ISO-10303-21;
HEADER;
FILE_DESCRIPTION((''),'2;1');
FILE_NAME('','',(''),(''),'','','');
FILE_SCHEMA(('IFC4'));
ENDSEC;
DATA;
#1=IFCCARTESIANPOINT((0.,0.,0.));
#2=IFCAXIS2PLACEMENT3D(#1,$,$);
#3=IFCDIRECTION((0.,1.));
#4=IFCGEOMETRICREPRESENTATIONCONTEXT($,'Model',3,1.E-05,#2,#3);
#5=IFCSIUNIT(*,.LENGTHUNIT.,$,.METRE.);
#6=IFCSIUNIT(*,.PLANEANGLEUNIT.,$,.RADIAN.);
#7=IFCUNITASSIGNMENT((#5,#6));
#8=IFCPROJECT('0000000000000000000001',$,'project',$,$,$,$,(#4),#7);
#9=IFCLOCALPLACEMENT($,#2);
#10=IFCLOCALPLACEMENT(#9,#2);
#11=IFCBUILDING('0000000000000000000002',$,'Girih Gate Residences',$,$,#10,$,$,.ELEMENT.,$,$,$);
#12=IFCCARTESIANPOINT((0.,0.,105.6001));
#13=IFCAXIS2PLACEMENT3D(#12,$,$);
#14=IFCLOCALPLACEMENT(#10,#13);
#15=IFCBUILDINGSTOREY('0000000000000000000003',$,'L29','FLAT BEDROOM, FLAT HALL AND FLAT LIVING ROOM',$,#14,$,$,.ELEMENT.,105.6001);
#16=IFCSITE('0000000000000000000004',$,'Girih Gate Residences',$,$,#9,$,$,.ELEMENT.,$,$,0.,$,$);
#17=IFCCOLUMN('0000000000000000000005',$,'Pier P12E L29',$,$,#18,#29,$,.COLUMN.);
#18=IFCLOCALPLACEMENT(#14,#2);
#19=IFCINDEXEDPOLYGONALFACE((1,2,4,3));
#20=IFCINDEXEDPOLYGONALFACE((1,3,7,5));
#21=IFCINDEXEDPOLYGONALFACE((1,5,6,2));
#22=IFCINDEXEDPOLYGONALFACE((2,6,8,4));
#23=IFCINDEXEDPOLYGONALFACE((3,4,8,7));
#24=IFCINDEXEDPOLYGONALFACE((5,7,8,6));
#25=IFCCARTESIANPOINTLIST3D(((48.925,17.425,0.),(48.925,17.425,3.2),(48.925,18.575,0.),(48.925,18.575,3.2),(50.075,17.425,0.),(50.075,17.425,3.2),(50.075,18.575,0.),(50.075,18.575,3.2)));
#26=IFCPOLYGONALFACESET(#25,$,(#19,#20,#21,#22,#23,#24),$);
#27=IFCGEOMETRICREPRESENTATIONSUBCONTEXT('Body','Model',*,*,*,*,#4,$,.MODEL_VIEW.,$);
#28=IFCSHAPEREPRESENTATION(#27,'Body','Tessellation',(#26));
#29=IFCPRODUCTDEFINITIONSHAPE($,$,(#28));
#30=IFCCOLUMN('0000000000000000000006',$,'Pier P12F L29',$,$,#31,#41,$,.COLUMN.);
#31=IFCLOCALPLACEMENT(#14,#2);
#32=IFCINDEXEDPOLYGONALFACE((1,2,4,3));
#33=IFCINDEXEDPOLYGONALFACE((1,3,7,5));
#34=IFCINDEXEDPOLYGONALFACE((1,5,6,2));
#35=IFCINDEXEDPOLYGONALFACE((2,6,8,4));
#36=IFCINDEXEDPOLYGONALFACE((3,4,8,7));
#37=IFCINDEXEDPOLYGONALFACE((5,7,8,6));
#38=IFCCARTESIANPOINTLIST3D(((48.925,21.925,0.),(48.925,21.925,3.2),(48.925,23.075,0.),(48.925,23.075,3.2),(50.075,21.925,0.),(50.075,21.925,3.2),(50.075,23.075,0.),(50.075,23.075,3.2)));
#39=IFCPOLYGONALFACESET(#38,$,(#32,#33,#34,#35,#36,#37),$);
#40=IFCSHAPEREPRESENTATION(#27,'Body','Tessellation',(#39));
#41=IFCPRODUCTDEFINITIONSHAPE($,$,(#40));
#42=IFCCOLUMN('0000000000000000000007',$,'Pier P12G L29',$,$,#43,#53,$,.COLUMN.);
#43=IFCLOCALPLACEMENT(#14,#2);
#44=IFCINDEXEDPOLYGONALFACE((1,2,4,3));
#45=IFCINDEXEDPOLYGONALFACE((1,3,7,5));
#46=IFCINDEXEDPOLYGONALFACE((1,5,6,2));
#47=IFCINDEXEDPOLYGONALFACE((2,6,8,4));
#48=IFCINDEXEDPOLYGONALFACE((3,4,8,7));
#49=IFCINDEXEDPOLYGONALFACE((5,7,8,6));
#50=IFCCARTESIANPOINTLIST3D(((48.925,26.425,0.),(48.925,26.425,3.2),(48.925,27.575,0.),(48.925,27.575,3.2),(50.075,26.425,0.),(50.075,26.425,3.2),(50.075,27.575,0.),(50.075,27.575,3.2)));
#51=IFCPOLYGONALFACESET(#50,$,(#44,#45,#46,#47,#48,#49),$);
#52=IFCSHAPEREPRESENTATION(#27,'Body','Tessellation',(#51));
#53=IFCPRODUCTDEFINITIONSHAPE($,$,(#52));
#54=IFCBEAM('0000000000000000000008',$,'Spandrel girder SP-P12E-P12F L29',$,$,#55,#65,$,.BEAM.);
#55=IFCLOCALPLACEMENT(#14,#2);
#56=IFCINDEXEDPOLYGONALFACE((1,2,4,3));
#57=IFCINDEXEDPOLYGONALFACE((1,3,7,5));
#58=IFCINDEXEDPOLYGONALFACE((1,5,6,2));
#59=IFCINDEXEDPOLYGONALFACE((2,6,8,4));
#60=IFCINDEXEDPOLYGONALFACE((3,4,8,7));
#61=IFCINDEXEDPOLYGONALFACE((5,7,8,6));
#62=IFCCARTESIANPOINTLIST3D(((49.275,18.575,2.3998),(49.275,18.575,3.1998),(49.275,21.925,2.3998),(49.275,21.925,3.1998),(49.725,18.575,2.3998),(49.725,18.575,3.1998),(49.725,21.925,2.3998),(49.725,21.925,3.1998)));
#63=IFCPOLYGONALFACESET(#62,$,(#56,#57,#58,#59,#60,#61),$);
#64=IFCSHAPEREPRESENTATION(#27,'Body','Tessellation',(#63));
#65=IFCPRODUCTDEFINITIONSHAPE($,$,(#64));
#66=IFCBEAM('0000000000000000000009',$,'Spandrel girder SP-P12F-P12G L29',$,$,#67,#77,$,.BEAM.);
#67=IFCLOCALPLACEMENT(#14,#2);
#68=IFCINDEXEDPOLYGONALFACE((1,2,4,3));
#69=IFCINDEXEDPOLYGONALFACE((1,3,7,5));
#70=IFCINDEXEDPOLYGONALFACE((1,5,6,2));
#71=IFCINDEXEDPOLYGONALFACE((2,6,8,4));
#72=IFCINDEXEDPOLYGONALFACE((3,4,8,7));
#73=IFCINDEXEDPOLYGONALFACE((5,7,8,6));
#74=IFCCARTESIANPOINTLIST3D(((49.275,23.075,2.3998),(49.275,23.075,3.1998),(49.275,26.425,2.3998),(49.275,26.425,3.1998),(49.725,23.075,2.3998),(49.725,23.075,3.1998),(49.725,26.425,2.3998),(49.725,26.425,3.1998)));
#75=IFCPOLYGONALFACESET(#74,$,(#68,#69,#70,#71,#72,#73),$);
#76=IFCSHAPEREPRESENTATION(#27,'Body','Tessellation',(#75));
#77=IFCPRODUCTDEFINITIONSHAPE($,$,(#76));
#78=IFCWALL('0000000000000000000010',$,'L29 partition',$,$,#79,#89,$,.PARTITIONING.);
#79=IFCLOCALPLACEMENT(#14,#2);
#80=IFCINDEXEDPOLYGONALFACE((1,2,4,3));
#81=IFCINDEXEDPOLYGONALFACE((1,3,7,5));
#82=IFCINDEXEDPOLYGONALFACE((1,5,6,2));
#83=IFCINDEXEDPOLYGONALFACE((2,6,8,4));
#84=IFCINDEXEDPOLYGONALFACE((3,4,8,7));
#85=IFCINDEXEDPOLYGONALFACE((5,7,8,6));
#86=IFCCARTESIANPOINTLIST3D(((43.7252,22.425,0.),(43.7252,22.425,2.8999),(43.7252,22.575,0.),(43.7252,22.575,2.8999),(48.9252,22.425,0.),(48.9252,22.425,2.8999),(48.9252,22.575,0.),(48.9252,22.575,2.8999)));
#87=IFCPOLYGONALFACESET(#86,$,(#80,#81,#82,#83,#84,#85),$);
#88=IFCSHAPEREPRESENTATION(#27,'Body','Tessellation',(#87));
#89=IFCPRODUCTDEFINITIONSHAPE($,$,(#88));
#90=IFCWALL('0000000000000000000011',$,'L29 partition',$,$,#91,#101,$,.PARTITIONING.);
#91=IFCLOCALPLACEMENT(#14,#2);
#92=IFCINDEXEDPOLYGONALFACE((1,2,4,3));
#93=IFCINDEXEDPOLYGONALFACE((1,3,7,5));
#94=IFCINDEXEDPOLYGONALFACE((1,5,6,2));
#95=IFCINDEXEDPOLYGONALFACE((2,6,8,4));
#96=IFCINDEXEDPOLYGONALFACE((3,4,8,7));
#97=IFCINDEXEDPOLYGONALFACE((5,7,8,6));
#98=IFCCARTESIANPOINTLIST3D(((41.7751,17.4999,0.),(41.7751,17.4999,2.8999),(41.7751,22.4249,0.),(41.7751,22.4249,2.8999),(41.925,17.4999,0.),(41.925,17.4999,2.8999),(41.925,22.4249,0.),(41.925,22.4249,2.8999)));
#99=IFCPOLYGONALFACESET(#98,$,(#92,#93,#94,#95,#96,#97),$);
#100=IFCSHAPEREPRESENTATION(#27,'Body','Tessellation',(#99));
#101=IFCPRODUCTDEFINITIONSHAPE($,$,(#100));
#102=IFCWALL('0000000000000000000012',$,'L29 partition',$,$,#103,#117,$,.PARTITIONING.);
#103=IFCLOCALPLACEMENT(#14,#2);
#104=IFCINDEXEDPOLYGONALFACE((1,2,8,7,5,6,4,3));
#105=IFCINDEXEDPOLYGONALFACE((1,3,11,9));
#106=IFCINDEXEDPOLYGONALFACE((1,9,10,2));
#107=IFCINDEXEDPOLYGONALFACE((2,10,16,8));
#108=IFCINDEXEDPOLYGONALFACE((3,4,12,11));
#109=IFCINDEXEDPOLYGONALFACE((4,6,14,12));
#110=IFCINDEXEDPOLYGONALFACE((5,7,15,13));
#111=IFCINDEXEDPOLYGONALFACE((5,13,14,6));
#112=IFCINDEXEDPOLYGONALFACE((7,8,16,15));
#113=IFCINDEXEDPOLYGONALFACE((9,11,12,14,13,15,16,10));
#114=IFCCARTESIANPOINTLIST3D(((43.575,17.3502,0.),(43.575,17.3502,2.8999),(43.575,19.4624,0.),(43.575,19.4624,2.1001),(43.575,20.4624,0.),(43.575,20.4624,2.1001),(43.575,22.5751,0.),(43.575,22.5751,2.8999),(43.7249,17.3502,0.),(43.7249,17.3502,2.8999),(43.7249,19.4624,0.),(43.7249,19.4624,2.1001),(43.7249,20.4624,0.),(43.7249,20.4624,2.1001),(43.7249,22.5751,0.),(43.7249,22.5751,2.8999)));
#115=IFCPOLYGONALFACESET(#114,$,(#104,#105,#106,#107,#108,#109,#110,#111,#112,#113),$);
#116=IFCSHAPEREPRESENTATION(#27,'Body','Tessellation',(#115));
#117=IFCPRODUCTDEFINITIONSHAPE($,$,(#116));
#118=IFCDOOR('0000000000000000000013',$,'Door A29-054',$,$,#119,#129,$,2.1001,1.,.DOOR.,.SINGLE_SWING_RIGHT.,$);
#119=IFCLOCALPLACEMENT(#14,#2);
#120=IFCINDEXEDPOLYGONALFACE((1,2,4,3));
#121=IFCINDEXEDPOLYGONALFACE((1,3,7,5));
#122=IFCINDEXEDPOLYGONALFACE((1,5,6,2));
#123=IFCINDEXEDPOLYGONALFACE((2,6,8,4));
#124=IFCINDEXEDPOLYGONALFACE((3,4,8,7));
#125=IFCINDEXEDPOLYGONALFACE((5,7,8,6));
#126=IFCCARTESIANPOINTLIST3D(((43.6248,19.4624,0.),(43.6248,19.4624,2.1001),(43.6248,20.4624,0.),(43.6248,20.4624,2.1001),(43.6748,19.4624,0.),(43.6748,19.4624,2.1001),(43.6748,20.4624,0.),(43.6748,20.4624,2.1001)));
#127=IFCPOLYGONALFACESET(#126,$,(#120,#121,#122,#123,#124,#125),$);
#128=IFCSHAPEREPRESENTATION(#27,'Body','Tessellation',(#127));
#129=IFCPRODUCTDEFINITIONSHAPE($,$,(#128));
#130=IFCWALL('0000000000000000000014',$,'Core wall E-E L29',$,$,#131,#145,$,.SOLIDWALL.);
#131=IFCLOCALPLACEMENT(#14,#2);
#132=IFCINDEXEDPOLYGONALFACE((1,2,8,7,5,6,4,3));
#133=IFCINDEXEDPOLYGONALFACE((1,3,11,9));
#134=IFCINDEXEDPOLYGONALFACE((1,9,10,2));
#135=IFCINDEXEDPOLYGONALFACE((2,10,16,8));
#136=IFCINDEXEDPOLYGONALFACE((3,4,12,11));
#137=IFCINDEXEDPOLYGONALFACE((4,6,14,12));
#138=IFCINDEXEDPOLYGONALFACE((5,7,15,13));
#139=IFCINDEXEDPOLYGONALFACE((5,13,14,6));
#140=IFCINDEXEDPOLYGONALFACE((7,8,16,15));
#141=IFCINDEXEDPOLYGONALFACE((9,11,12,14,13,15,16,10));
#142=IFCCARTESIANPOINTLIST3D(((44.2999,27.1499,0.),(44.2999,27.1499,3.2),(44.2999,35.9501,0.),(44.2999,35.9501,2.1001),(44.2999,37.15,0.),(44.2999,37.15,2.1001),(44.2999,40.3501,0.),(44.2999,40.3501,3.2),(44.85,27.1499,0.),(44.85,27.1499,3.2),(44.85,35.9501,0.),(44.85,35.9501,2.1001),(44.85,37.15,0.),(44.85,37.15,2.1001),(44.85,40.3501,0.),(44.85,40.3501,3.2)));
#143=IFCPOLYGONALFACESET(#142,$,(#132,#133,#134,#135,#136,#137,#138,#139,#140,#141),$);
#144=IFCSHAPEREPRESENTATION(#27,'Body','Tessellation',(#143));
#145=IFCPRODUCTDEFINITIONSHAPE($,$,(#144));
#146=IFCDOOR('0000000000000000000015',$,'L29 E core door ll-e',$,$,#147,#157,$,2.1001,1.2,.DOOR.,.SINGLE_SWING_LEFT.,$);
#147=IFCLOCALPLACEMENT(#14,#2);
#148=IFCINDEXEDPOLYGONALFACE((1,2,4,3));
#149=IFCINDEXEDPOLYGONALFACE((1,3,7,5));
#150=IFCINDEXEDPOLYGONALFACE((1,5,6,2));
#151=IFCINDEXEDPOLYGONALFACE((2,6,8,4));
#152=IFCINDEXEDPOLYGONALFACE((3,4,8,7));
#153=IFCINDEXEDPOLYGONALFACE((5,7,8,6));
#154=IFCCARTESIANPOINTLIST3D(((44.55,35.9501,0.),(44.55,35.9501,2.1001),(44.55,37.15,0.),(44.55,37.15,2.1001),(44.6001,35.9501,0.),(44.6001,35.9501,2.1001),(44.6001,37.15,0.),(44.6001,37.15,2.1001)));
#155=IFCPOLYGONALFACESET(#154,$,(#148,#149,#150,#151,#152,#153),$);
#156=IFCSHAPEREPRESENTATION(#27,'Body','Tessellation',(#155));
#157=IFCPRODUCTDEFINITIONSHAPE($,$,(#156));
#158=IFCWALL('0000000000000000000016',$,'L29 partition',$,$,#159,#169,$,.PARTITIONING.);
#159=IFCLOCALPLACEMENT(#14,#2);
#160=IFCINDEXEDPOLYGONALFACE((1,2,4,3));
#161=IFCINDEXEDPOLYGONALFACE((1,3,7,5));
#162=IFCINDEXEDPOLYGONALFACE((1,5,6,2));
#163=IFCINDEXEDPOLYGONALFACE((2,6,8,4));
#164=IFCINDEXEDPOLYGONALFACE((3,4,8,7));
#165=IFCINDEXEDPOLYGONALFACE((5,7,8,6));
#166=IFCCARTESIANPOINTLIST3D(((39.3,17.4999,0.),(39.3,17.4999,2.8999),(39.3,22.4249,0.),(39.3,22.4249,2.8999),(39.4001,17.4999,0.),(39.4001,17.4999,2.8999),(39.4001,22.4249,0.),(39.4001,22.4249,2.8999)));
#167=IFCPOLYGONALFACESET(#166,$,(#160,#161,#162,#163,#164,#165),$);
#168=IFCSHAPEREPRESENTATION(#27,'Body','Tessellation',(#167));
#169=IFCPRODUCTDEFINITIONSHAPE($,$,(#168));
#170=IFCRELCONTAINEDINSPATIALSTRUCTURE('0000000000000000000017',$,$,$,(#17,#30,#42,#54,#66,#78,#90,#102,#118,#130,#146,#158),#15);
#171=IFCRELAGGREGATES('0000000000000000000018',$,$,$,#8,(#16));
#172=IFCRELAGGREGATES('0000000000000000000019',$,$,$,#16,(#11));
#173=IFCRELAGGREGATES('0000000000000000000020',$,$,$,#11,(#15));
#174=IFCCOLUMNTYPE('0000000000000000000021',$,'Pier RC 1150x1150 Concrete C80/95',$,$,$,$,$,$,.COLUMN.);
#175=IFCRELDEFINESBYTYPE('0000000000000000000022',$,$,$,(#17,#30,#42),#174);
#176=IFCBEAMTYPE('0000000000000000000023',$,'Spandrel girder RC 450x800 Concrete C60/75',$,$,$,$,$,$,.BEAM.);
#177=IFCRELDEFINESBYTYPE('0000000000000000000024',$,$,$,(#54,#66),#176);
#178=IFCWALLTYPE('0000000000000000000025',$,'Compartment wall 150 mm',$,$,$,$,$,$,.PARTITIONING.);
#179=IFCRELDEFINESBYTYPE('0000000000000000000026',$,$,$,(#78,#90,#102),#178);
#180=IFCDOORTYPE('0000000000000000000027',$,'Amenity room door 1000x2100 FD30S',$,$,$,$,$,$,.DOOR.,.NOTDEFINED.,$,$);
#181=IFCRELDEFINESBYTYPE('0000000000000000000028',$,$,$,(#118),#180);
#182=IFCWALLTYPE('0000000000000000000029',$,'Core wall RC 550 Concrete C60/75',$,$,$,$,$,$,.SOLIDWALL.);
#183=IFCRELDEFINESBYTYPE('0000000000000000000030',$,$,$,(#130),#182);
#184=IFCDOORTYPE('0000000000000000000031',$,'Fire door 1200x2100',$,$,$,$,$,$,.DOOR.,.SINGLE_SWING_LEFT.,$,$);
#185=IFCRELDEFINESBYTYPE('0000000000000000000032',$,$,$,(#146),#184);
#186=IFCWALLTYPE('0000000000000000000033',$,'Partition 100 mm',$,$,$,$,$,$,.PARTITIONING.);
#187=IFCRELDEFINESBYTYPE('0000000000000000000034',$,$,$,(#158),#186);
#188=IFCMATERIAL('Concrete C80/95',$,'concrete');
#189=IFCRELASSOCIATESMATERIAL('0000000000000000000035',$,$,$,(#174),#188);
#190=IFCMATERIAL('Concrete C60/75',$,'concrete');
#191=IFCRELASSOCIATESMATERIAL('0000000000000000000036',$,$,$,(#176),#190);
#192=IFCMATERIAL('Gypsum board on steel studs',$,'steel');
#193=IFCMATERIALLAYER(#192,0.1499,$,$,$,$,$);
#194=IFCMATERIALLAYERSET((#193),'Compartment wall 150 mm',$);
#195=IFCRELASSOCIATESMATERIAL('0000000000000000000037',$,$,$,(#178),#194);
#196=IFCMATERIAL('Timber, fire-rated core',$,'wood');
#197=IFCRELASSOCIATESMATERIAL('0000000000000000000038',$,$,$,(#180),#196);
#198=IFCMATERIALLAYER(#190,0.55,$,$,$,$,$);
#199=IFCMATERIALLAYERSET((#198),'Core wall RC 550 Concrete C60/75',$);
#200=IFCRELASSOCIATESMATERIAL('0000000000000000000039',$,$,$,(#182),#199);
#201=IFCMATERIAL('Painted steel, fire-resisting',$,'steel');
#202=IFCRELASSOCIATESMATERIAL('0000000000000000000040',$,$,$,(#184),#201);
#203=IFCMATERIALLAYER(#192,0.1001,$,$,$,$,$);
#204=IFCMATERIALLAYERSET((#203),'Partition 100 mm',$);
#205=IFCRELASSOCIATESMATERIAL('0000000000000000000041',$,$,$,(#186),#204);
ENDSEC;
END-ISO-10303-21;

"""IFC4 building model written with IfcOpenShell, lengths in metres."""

from ifc_helpers import new_model, si_unit, direction, frame, frame_2d, origin, origin_2d, place, context, subcontext, project, spatial, rectangle, extrude, material, layer, layer_set, material_profile, profile_set, type_object, element, fill, save


model = new_model("IFC4")

# Units and contexts
model_context = context("Model", 3, precision=1e-05, world=origin(), true_north=direction((0.0, 1.0)))
body_context = subcontext(model_context, "Body", "Model", "MODEL_VIEW")
ifc_project = project(units=[si_unit("LENGTHUNIT", "METRE"), si_unit("PLANEANGLEUNIT", "RADIAN")], contexts=[model_context])

# Site, building, storey
site_placement = place(None, origin())
site = spatial("IfcSite", under=ifc_project, at=site_placement, Name="Girih Gate Residences", CompositionType="ELEMENT", RefElevation=0.0)
building_placement = place(site_placement, origin())
building = spatial("IfcBuilding", under=site, at=building_placement, Name="Girih Gate Residences", CompositionType="ELEMENT")
storey_placement = place(building_placement, frame((0.0, 0.0, 105.6001)))
storey = spatial("IfcBuildingStorey", under=building, at=storey_placement, Name="L29", Description="FLAT BEDROOM, FLAT HALL AND FLAT LIVING ROOM", CompositionType="ELEMENT", Elevation=105.6001)

# Columns
ifc_material_1 = material(Name="Concrete C80/95", Category="concrete")
ifc_material_profile_1 = material_profile(ifc_material_1, rectangle(XDim=1.1499, YDim=1.1499, at=origin_2d()))
ifc_profile_set_1 = profile_set([ifc_material_profile_1], Name="Concrete C80/95")
column_type = type_object("IfcColumnType", Name="Pier RC 1150x1150 Concrete C80/95", PredefinedType="COLUMN", material=ifc_profile_set_1)
for number, where, z_axis, x_axis, name in (
    (1, (49.5, 18.0, 0.0), (0.0, 0.0, 1.0), (1.0, 0.0, 0.0), "Pier P12E L29"),
    (2, (49.5, 22.5, 0.0), (0.0, 0.0, 1.0), (1.0, 0.0, 0.0), "Pier P12F L29"),
    (3, (49.5, 27.0, 0.0), (0.0, 0.0, 1.0), (1.0, 0.0, 0.0), "Pier P12G L29"),
):
    element("IfcColumn", number, at=place(storey_placement, frame(where, z_axis=z_axis, x_axis=x_axis)), inside=storey, type_object=column_type, Name=name, PredefinedType="COLUMN", context=body_context, shape_type="SweptSolid", body=[
        extrude(rectangle(XDim=1.1499, YDim=1.1499, at=origin_2d()), origin(), (0.0, 0.0, 1.0), 3.2),
    ])

# Beams
ifc_material_2 = material(Name="Concrete C60/75", Category="concrete")
ifc_material_profile_2 = material_profile(ifc_material_2, rectangle(XDim=0.45, YDim=0.8, at=origin_2d()))
ifc_profile_set_2 = profile_set([ifc_material_profile_2], Name="Concrete C60/75")
beam_type = type_object("IfcBeamType", Name="Spandrel girder RC 450x800 Concrete C60/75", PredefinedType="BEAM", material=ifc_profile_set_2)
for number, where, z_axis, x_axis, name in (
    (4, (49.5, 18.575, 2.7998), (0.0, 1.0, 0.0), (-1.0, 0.0, 0.0), "Spandrel girder SP-P12E-P12F L29"),
    (5, (49.5, 23.075, 2.7998), (0.0, 1.0, 0.0), (-1.0, 0.0, 0.0), "Spandrel girder SP-P12F-P12G L29"),
):
    element("IfcBeam", number, at=place(storey_placement, frame(where, z_axis=z_axis, x_axis=x_axis)), inside=storey, type_object=beam_type, Name=name, PredefinedType="BEAM", context=body_context, shape_type="SweptSolid", body=[
        extrude(rectangle(XDim=0.45, YDim=0.8, at=origin_2d()), origin(), (0.0, 0.0, 1.0), 3.3501),
    ])

# Walls
ifc_material_3 = material(Name="Gypsum board on steel studs", Category="steel")
ifc_layer_1 = layer(ifc_material_3, 0.1499)
ifc_layer_set_1 = layer_set([ifc_layer_1], Name="Compartment wall 150 mm")
wall_type_1 = type_object("IfcWallType", Name="Compartment wall 150 mm", PredefinedType="PARTITIONING", material=ifc_layer_set_1)
wall_1_placement = place(storey_placement, frame((43.7251, 22.5, 0.0), z_axis=(0.0, 0.0, 1.0), x_axis=(1.0, 0.0, 0.0)))
element("IfcWall", 6, at=wall_1_placement, inside=storey, type_object=wall_type_1, Name="L29 partition", PredefinedType="PARTITIONING", context=body_context, shape_type="SweptSolid", body=[
    extrude(rectangle(XDim=5.2, YDim=0.1499, at=frame_2d((2.6001, 0.0))), origin(), (0.0, 0.0, 1.0), 2.8999),
])
wall_2_placement = place(storey_placement, frame((41.8501, 17.5, 0.0), z_axis=(0.0, 0.0, 1.0), x_axis=(0.0, 1.0, 0.0)))
element("IfcWall", 7, at=wall_2_placement, inside=storey, type_object=wall_type_1, Name="L29 partition", PredefinedType="PARTITIONING", context=body_context, shape_type="SweptSolid", body=[
    extrude(rectangle(XDim=4.925, YDim=0.1499, at=frame_2d((2.4624, 0.0))), origin(), (0.0, 0.0, 1.0), 2.8999),
])

# Walls, openings, doors
wall_3_placement = place(storey_placement, frame((43.6499, 22.575, 0.0), z_axis=(0.0, 0.0, 1.0), x_axis=(0.0, -1.0, 0.0)))
wall_3 = element("IfcWall", 8, at=wall_3_placement, inside=storey, type_object=wall_type_1, Name="L29 partition", PredefinedType="PARTITIONING", context=body_context, shape_type="SweptSolid", body=[
    extrude(rectangle(XDim=5.2249, YDim=0.1499, at=frame_2d((2.6123, 0.0))), origin(), (0.0, 0.0, 1.0), 2.8999),
])
opening_1_placement = place(wall_3_placement, frame((2.1125, 0.0, 0.0)))
opening_1 = element("IfcOpeningElement", 9, at=opening_1_placement, cuts=wall_3, PredefinedType="OPENING", context=body_context, shape_type="SweptSolid", body=[
    extrude(rectangle(XDim=1.0, YDim=2.1001, at=frame_2d((0.5, 1.05))), frame((0.0, 0.085, 0.0), z_axis=(0.0, -1.0, 0.0), x_axis=(1.0, 0.0, 0.0)), (0.0, 0.0, 1.0), 0.1699),
])
ifc_material_4 = material(Name="Timber, fire-rated core", Category="wood")
door_type_1 = type_object("IfcDoorType", Name="Amenity room door 1000x2100 FD30S", OperationType="NOTDEFINED", PredefinedType="DOOR", material=ifc_material_4)
door_1_placement = place(opening_1_placement, origin())
door_1 = element("IfcDoor", 10, at=door_1_placement, inside=storey, type_object=door_type_1, Name="Door A29-054", OperationType="SINGLE_SWING_RIGHT", OverallHeight=2.1001, OverallWidth=1.0, PredefinedType="DOOR", context=body_context, shape_type="SweptSolid", body=[
    extrude(rectangle(XDim=1.0, YDim=2.1001, at=frame_2d((0.5, 1.05))), frame((0.0, 0.0249, 0.0), z_axis=(0.0, -1.0, 0.0), x_axis=(1.0, 0.0, 0.0)), (0.0, 0.0, 1.0), 0.05),
])
fill(opening_1, door_1)
ifc_layer_2 = layer(ifc_material_2, 0.55)
ifc_layer_set_2 = layer_set([ifc_layer_2], Name="Core wall RC 550 Concrete C60/75")
wall_type_2 = type_object("IfcWallType", Name="Core wall RC 550 Concrete C60/75", PredefinedType="SOLIDWALL", material=ifc_layer_set_2)
wall_4_placement = place(storey_placement, frame((44.575, 27.1499, 0.0), z_axis=(0.0, 0.0, 1.0), x_axis=(0.0, 1.0, 0.0)))
wall_4 = element("IfcWall", 11, at=wall_4_placement, inside=storey, type_object=wall_type_2, Name="Core wall E-E L29", PredefinedType="SOLIDWALL", context=body_context, shape_type="SweptSolid", body=[
    extrude(rectangle(XDim=13.2002, YDim=0.55, at=frame_2d((6.6001, 0.0))), origin(), (0.0, 0.0, 1.0), 3.2),
])
opening_2_placement = place(wall_4_placement, frame((8.8, 0.0, 0.0)))
opening_2 = element("IfcOpeningElement", 12, at=opening_2_placement, cuts=wall_4, PredefinedType="OPENING", context=body_context, shape_type="SweptSolid", body=[
    extrude(rectangle(XDim=1.2, YDim=2.1001, at=frame_2d((0.6001, 1.05))), frame((0.0, 0.2849, 0.0), z_axis=(0.0, -1.0, 0.0), x_axis=(1.0, 0.0, 0.0)), (0.0, 0.0, 1.0), 0.5701),
])
ifc_material_5 = material(Name="Painted steel, fire-resisting", Category="steel")
door_type_2 = type_object("IfcDoorType", Name="Fire door 1200x2100", OperationType="SINGLE_SWING_LEFT", PredefinedType="DOOR", material=ifc_material_5)
door_2_placement = place(opening_2_placement, origin())
door_2 = element("IfcDoor", 13, at=door_2_placement, inside=storey, type_object=door_type_2, Name="L29 E core door ll-e", OperationType="SINGLE_SWING_LEFT", OverallHeight=2.1001, OverallWidth=1.2, PredefinedType="DOOR", context=body_context, shape_type="SweptSolid", body=[
    extrude(rectangle(XDim=1.2, YDim=2.1001, at=frame_2d((0.6001, 1.05))), frame((0.0, 0.0249, 0.0), z_axis=(0.0, -1.0, 0.0), x_axis=(1.0, 0.0, 0.0)), (0.0, 0.0, 1.0), 0.05),
])
fill(opening_2, door_2)

# Wall
ifc_layer_3 = layer(ifc_material_3, 0.1001)
ifc_layer_set_3 = layer_set([ifc_layer_3], Name="Partition 100 mm")
wall_type_3 = type_object("IfcWallType", Name="Partition 100 mm", PredefinedType="PARTITIONING", material=ifc_layer_set_3)
wall_5_placement = place(storey_placement, frame((39.3501, 17.5, 0.0), z_axis=(0.0, 0.0, 1.0), x_axis=(0.0, 1.0, 0.0)))
element("IfcWall", 14, at=wall_5_placement, inside=storey, type_object=wall_type_3, Name="L29 partition", PredefinedType="PARTITIONING", context=body_context, shape_type="SweptSolid", body=[
    extrude(rectangle(XDim=4.925, YDim=0.1001, at=frame_2d((2.4624, 0.0))), origin(), (0.0, 0.0, 1.0), 2.8999),
])

save(model, "model.ifc")
